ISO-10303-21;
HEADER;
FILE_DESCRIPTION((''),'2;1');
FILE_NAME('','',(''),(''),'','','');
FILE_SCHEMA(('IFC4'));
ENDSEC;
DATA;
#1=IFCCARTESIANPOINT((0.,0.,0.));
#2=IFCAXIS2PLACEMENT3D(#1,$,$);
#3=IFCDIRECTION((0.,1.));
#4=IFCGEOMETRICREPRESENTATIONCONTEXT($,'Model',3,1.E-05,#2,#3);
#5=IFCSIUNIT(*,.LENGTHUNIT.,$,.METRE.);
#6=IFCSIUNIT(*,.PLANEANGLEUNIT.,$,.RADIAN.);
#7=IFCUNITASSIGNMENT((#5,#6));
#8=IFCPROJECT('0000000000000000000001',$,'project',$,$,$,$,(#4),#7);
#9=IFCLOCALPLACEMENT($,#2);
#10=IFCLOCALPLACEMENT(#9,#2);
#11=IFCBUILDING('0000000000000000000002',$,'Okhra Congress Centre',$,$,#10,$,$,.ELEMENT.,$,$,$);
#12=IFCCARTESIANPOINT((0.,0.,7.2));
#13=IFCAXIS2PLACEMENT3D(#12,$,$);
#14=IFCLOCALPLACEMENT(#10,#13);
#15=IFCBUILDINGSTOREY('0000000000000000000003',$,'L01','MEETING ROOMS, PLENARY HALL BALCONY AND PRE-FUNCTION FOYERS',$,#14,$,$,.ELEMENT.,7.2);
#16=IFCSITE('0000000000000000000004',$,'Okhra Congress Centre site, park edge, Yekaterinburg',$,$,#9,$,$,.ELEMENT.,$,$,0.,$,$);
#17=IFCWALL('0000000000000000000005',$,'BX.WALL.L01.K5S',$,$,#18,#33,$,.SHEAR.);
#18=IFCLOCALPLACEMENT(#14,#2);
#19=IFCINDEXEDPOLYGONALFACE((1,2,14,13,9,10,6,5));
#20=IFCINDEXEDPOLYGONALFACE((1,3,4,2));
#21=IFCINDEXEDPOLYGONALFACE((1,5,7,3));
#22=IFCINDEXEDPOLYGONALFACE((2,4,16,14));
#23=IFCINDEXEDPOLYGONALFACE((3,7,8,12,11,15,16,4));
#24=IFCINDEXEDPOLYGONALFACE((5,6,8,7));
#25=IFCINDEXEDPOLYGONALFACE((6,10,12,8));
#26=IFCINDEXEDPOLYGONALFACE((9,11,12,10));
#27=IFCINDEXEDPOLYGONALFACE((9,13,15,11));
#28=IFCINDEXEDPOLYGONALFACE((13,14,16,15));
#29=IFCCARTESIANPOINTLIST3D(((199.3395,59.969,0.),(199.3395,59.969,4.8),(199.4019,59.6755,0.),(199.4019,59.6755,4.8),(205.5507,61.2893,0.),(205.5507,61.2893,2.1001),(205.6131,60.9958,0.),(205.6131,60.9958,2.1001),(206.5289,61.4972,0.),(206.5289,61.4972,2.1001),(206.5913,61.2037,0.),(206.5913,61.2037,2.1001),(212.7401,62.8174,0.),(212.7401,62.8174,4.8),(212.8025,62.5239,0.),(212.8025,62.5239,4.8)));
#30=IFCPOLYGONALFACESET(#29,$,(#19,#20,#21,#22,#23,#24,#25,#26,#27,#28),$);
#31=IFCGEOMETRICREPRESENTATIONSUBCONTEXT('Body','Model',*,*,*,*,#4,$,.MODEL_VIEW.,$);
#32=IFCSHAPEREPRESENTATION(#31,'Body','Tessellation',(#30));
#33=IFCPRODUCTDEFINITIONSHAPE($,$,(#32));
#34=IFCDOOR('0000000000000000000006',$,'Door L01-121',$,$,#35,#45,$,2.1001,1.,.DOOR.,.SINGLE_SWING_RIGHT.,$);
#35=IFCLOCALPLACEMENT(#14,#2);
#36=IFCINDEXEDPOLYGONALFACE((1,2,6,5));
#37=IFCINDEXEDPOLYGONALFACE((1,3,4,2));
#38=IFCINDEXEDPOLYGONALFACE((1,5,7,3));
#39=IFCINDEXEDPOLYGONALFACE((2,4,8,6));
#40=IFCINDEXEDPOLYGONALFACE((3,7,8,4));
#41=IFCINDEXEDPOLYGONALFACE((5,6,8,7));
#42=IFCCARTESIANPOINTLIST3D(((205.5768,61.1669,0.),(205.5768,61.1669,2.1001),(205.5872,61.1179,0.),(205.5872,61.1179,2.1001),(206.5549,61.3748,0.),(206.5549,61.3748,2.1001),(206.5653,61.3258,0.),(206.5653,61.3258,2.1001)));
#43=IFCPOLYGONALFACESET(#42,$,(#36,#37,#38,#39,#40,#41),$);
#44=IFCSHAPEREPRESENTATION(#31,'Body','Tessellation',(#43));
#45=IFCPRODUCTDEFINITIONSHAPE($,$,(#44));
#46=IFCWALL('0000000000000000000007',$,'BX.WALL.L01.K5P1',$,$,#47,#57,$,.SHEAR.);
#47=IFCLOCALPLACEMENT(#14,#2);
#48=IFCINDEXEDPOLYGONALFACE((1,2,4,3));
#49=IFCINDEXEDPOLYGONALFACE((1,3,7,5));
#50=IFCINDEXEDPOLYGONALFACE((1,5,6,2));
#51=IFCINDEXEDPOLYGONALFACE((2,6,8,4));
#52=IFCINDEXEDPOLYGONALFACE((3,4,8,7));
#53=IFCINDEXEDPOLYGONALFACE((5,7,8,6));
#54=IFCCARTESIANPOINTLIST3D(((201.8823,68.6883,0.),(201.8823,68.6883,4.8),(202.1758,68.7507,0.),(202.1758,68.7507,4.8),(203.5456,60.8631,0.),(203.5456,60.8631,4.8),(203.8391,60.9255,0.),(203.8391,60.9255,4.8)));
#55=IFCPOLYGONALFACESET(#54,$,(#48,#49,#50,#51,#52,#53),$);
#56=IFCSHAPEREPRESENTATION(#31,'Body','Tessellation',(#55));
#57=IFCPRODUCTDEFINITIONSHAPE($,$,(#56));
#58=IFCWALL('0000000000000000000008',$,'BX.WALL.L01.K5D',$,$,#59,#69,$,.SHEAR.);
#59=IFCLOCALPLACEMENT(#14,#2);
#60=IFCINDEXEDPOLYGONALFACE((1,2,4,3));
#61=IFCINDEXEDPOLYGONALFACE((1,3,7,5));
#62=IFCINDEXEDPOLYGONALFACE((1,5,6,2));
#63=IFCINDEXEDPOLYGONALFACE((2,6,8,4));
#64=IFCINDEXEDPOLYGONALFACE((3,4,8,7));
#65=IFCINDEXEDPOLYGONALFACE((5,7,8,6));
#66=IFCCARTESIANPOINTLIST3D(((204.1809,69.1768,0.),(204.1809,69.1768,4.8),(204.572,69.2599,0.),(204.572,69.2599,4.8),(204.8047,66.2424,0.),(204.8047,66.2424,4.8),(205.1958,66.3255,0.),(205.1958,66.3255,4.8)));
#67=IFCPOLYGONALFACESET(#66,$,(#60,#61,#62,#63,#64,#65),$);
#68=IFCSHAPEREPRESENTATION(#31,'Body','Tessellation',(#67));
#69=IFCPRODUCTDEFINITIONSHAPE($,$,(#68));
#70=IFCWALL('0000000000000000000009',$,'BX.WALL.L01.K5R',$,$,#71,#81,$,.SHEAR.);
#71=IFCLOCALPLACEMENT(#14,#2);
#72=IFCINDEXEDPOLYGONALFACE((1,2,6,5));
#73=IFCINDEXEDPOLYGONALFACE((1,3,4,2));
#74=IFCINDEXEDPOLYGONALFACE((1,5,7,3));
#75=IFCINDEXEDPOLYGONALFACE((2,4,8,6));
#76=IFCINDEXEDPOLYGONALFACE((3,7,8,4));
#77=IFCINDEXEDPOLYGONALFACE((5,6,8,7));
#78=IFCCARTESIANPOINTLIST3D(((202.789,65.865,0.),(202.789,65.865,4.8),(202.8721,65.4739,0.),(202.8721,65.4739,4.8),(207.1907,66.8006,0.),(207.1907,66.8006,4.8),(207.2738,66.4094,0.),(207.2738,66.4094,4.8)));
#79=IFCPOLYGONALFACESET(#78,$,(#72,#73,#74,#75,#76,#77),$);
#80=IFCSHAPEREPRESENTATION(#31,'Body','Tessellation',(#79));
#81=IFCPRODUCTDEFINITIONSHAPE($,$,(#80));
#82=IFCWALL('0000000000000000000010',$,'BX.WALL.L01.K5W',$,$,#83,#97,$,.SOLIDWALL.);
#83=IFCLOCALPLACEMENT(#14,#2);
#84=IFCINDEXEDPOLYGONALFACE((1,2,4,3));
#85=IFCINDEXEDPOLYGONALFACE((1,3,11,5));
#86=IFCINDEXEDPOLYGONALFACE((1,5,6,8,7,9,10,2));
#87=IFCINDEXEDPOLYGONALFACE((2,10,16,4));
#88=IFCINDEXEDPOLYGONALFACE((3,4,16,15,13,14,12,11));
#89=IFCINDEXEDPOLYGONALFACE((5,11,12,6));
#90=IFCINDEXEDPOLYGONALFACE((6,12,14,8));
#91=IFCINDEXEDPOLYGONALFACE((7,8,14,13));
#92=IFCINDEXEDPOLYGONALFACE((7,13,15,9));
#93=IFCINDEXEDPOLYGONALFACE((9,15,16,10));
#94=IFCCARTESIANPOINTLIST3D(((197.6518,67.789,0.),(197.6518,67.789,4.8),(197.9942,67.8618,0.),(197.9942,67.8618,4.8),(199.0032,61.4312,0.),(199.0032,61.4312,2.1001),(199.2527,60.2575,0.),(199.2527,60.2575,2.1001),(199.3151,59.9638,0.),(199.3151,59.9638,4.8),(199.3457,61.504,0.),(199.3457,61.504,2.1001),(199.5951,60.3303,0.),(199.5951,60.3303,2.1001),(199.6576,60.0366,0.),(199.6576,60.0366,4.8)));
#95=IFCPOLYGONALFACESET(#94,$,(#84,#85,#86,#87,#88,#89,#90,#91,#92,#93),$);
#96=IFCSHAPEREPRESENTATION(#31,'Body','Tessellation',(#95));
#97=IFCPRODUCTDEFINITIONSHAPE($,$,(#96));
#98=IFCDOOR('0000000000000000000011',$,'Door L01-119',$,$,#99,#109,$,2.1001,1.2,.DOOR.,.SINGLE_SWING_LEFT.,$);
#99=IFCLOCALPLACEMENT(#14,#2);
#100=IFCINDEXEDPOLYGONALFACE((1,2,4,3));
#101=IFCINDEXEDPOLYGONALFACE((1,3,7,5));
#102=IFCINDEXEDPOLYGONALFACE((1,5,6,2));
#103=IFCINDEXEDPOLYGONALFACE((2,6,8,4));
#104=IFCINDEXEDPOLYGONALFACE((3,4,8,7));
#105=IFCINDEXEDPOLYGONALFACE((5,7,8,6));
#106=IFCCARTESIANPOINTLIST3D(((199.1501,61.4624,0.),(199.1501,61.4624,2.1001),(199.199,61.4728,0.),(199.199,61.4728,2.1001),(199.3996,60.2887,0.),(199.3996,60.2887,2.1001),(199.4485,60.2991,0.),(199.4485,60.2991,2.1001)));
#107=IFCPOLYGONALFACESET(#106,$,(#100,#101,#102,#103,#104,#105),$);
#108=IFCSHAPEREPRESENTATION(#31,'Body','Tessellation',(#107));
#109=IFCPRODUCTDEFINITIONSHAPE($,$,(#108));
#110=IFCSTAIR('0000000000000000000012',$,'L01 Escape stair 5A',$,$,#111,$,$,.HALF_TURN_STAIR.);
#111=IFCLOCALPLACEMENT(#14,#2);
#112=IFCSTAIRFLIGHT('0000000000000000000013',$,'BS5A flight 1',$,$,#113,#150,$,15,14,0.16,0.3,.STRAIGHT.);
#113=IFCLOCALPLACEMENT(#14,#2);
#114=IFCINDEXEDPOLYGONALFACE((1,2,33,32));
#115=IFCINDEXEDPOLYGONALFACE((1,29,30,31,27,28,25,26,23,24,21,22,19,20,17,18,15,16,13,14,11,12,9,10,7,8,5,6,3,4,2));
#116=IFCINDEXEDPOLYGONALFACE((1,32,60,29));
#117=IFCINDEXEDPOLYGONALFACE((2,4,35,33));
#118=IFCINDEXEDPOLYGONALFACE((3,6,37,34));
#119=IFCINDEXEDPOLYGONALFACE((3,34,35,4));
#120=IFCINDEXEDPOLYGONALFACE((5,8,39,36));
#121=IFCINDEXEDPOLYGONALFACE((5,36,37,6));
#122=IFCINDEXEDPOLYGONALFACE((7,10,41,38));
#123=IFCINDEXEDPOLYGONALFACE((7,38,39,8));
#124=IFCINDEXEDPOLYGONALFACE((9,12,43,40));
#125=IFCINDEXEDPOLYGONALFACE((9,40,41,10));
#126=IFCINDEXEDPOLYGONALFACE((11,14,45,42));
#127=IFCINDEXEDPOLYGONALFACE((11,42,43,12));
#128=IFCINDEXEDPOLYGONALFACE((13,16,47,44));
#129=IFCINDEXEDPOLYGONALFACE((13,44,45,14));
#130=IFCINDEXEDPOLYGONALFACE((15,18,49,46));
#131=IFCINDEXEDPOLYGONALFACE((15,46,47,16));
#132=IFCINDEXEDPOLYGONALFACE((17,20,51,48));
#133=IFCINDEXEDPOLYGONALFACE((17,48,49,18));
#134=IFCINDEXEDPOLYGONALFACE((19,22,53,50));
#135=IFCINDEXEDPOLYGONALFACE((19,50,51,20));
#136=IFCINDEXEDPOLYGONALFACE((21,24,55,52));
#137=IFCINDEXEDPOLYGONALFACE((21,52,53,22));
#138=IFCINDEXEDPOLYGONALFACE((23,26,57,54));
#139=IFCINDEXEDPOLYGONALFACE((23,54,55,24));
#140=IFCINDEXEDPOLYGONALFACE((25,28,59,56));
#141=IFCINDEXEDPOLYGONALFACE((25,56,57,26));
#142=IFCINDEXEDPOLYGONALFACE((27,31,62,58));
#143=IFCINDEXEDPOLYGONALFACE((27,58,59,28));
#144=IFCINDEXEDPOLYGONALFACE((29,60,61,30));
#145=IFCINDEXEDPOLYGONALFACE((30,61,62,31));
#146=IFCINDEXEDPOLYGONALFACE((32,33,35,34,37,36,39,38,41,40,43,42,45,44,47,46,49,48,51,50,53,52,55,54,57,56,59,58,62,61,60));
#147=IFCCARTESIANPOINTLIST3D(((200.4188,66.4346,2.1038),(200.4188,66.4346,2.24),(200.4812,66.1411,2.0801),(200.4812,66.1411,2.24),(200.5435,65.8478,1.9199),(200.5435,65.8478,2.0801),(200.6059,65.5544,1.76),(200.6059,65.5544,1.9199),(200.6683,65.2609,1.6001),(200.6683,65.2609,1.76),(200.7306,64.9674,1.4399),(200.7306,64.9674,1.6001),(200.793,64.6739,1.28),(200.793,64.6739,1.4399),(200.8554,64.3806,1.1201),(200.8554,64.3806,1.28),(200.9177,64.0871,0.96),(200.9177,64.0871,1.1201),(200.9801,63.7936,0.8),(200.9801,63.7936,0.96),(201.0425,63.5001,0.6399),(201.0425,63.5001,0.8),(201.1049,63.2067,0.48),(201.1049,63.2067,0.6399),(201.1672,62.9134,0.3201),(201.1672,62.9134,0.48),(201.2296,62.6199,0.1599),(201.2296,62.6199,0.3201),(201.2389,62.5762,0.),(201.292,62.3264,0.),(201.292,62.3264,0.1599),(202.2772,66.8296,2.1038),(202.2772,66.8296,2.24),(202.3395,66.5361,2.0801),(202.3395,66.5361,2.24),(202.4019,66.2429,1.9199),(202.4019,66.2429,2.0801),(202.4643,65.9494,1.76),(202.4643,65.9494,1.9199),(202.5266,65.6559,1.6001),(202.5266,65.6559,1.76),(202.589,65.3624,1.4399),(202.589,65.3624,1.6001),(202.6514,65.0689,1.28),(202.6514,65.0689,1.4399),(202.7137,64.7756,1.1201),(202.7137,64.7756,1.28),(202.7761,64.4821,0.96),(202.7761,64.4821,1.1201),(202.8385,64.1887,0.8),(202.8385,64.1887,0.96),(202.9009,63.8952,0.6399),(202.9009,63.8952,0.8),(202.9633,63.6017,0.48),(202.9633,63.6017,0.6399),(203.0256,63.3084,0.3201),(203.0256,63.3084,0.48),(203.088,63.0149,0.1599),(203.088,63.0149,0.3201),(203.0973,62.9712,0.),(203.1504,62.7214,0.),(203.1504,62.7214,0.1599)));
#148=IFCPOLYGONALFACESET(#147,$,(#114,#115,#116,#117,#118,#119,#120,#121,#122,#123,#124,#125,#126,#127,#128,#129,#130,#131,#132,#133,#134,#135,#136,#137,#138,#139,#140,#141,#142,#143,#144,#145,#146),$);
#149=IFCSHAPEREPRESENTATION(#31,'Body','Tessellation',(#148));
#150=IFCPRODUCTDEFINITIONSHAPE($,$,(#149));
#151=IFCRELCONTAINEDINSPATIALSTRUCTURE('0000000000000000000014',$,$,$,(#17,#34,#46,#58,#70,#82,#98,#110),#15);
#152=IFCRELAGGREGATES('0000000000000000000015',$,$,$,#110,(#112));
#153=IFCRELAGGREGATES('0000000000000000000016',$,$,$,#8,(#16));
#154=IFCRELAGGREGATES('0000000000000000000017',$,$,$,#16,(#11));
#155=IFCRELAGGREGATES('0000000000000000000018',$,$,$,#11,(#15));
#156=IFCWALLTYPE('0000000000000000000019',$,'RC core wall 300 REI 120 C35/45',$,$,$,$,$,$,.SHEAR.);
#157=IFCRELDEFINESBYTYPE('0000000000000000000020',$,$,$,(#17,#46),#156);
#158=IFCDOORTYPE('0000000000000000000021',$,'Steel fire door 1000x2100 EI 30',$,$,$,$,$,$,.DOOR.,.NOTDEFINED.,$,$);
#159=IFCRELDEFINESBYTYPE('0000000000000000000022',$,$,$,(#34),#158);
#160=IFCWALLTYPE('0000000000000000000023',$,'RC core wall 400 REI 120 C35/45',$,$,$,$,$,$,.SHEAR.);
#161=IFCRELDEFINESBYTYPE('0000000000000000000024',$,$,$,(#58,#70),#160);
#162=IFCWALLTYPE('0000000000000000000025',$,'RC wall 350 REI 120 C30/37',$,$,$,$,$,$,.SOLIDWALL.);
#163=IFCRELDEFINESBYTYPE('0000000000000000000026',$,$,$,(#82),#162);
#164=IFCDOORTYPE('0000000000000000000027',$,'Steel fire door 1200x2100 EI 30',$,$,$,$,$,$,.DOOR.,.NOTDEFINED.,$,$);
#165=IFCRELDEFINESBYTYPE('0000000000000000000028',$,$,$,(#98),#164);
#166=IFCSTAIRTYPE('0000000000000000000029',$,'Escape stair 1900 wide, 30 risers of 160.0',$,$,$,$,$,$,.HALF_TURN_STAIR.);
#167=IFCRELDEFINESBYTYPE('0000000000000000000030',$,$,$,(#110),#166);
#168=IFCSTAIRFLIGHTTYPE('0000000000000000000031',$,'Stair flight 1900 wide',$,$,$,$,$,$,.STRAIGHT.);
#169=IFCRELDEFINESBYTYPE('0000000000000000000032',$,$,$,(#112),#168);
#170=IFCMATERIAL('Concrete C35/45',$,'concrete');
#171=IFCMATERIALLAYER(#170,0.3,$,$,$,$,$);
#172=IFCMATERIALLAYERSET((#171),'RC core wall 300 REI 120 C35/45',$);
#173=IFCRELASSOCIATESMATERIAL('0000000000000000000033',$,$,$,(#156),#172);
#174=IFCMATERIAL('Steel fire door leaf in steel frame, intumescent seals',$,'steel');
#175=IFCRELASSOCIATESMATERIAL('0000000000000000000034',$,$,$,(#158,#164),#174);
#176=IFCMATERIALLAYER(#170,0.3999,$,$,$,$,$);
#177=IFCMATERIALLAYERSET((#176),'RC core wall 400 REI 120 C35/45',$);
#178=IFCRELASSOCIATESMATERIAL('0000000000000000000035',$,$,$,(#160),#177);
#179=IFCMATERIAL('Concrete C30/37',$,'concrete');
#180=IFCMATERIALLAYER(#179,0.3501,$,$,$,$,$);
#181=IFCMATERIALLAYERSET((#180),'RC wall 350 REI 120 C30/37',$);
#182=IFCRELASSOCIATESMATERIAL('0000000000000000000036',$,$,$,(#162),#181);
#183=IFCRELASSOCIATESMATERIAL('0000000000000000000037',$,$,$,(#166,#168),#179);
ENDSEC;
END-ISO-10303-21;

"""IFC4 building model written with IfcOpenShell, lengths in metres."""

from ifc_helpers import new_model, si_unit, direction, frame, frame_2d, origin, place, context, subcontext, project, spatial, polyline, rectangle, outline, extrude, material, layer, layer_set, type_object, element, fill, aggregate, save


model = new_model("IFC4")

# Units and contexts
model_context = context("Model", 3, precision=1e-05, world=origin(), true_north=direction((0.0, 1.0)))
body_context = subcontext(model_context, "Body", "Model", "MODEL_VIEW")
ifc_project = project(units=[si_unit("LENGTHUNIT", "METRE"), si_unit("PLANEANGLEUNIT", "RADIAN")], contexts=[model_context])

# Site, building, storey
site_placement = place(None, origin())
site = spatial("IfcSite", under=ifc_project, at=site_placement, Name="Okhra Congress Centre site, park edge, Yekaterinburg", CompositionType="ELEMENT", RefElevation=0.0)
building_placement = place(site_placement, origin())
building = spatial("IfcBuilding", under=site, at=building_placement, Name="Okhra Congress Centre", CompositionType="ELEMENT")
storey_placement = place(building_placement, frame((0.0, 0.0, 7.2)))
storey = spatial("IfcBuildingStorey", under=building, at=storey_placement, Name="L01", Description="MEETING ROOMS, PLENARY HALL BALCONY AND PRE-FUNCTION FOYERS", CompositionType="ELEMENT", Elevation=7.2)

# Wall, opening, door
ifc_material_1 = material(Name="Concrete C35/45", Category="concrete")
ifc_layer_1 = layer(ifc_material_1, 0.3)
ifc_layer_set_1 = layer_set([ifc_layer_1], Name="RC core wall 300 REI 120 C35/45")
wall_type_1 = type_object("IfcWallType", Name="RC core wall 300 REI 120 C35/45", PredefinedType="SHEAR", material=ifc_layer_set_1)
wall_1_placement = place(storey_placement, frame((199.3706, 59.8223, 0.0), z_axis=(0.0, 0.0, 1.0), x_axis=(0.978148, 0.207911, 0.0)))
wall_1 = element("IfcWall", 1, at=wall_1_placement, inside=storey, type_object=wall_type_1, Name="BX.WALL.L01.K5S", PredefinedType="SHEAR", context=body_context, shape_type="SweptSolid", body=[
    extrude(rectangle(XDim=13.7, YDim=0.3, at=frame_2d((6.8501, 0.0))), origin(), (0.0, 0.0, 1.0), 4.8),
])
opening_1_placement = place(wall_1_placement, frame((6.3501, 0.0, 0.0)))
opening_1 = element("IfcOpeningElement", 2, at=opening_1_placement, cuts=wall_1, PredefinedType="OPENING", context=body_context, shape_type="SweptSolid", body=[
    extrude(rectangle(XDim=1.0, YDim=2.1001, at=frame_2d((0.5, 1.05))), frame((0.0, 0.1599, 0.0), z_axis=(0.0, -1.0, 0.0), x_axis=(1.0, 0.0, 0.0)), (0.0, 0.0, 1.0), 0.3201),
])
ifc_material_2 = material(Name="Steel fire door leaf in steel frame, intumescent seals", Category="steel")
door_type_1 = type_object("IfcDoorType", Name="Steel fire door 1000x2100 EI 30", OperationType="NOTDEFINED", PredefinedType="DOOR", material=ifc_material_2)
door_1_placement = place(opening_1_placement, origin())
door_1 = element("IfcDoor", 3, at=door_1_placement, inside=storey, type_object=door_type_1, Name="Door L01-121", OperationType="SINGLE_SWING_RIGHT", OverallHeight=2.1001, OverallWidth=1.0, PredefinedType="DOOR", context=body_context, shape_type="SweptSolid", body=[
    extrude(rectangle(XDim=1.0, YDim=2.1001, at=frame_2d((0.5, 1.05))), frame((0.0, 0.0249, 0.0), z_axis=(0.0, -1.0, 0.0), x_axis=(1.0, 0.0, 0.0)), (0.0, 0.0, 1.0), 0.05),
])
fill(opening_1, door_1)

# Walls
wall_2_placement = place(storey_placement, frame((203.6924, 60.8943, 0.0), z_axis=(0.0, 0.0, 1.0), x_axis=(-0.207916, 0.978147, 0.0)))
element("IfcWall", 4, at=wall_2_placement, inside=storey, type_object=wall_type_1, Name="BX.WALL.L01.K5P1", PredefinedType="SHEAR", context=body_context, shape_type="SweptSolid", body=[
    extrude(rectangle(XDim=8.0, YDim=0.3, at=frame_2d((4.0, 0.0))), origin(), (0.0, 0.0, 1.0), 4.8),
])
ifc_layer_2 = layer(ifc_material_1, 0.3999)
ifc_layer_set_2 = layer_set([ifc_layer_2], Name="RC core wall 400 REI 120 C35/45")
wall_type_2 = type_object("IfcWallType", Name="RC core wall 400 REI 120 C35/45", PredefinedType="SHEAR", material=ifc_layer_set_2)
wall_3_placement = place(storey_placement, frame((205.0002, 66.2839, 0.0), z_axis=(0.0, 0.0, 1.0), x_axis=(-0.207934, 0.978143, 0.0)))
element("IfcWall", 5, at=wall_3_placement, inside=storey, type_object=wall_type_2, Name="BX.WALL.L01.K5D", PredefinedType="SHEAR", context=body_context, shape_type="SweptSolid", body=[
    extrude(rectangle(XDim=3.0, YDim=0.3999, at=frame_2d((1.5, 0.0))), origin(), (0.0, 0.0, 1.0), 4.8),
])
wall_4_placement = place(storey_placement, frame((202.8306, 65.6694, 0.0), z_axis=(0.0, 0.0, 1.0), x_axis=(0.97815, 0.207902, 0.0)))
element("IfcWall", 6, at=wall_4_placement, inside=storey, type_object=wall_type_2, Name="BX.WALL.L01.K5R", PredefinedType="SHEAR", context=body_context, shape_type="SweptSolid", body=[
    extrude(rectangle(XDim=4.5, YDim=0.3999, at=frame_2d((2.25, 0.0))), origin(), (0.0, 0.0, 1.0), 4.8),
])

# Wall, opening, door
ifc_material_3 = material(Name="Concrete C30/37", Category="concrete")
ifc_layer_3 = layer(ifc_material_3, 0.3501)
ifc_layer_set_3 = layer_set([ifc_layer_3], Name="RC wall 350 REI 120 C30/37")
wall_type_3 = type_object("IfcWallType", Name="RC wall 350 REI 120 C30/37", PredefinedType="SOLIDWALL", material=ifc_layer_set_3)
wall_5_placement = place(storey_placement, frame((199.4863, 60.0002, 0.0), z_axis=(0.0, 0.0, 1.0), x_axis=(-0.207916, 0.978147, 0.0)))
wall_5 = element("IfcWall", 7, at=wall_5_placement, inside=storey, type_object=wall_type_3, Name="BX.WALL.L01.K5W", PredefinedType="SOLIDWALL", context=body_context, shape_type="SweptSolid", body=[
    extrude(rectangle(XDim=8.0, YDim=0.3501, at=frame_2d((4.0, 0.0))), origin(), (0.0, 0.0, 1.0), 4.8),
])
opening_2_placement = place(wall_5_placement, frame((0.3, 0.0, 0.0)))
opening_2 = element("IfcOpeningElement", 8, at=opening_2_placement, cuts=wall_5, PredefinedType="OPENING", context=body_context, shape_type="SweptSolid", body=[
    extrude(rectangle(XDim=1.2, YDim=2.1001, at=frame_2d((0.6001, 1.05))), frame((0.0, 0.1851, 0.0), z_axis=(0.0, -1.0, 0.0), x_axis=(1.0, 0.0, 0.0)), (0.0, 0.0, 1.0), 0.3701),
])
door_type_2 = type_object("IfcDoorType", Name="Steel fire door 1200x2100 EI 30", OperationType="NOTDEFINED", PredefinedType="DOOR", material=ifc_material_2)
door_2_placement = place(opening_2_placement, origin())
door_2 = element("IfcDoor", 9, at=door_2_placement, inside=storey, type_object=door_type_2, Name="Door L01-119", OperationType="SINGLE_SWING_LEFT", OverallHeight=2.1001, OverallWidth=1.2, PredefinedType="DOOR", context=body_context, shape_type="SweptSolid", body=[
    extrude(rectangle(XDim=1.2, YDim=2.1001, at=frame_2d((0.6001, 1.05))), frame((0.0, 0.0249, 0.0), z_axis=(0.0, -1.0, 0.0), x_axis=(1.0, 0.0, 0.0)), (0.0, 0.0, 1.0), 0.05),
])
fill(opening_2, door_2)

# Stair, stair flight
stair_type = type_object("IfcStairType", Name="Escape stair 1900 wide, 30 risers of 160.0", PredefinedType="HALF_TURN_STAIR", material=ifc_material_3)
stair_placement = place(storey_placement, origin())
stair = element("IfcStair", 10, at=stair_placement, inside=storey, type_object=stair_type, Name="L01 Escape stair 5A", PredefinedType="HALF_TURN_STAIR")
stair_flight_type = type_object("IfcStairFlightType", Name="Stair flight 1900 wide", PredefinedType="STRAIGHT", material=ifc_material_3)
stair_flight_1_placement = place(storey_placement, frame((202.2212, 62.5239, 0.0), z_axis=(0.0, 0.0, 1.0), x_axis=(-0.207912, 0.978148, 0.0)))
stair_flight_1 = element("IfcStairFlight", 11, at=stair_flight_1_placement, type_object=stair_flight_type, Name="BS5A flight 1", NumberOfRisers=15, NumberOfTreads=14, PredefinedType="STRAIGHT", RiserHeight=0.16, TreadLength=0.3, context=body_context, shape_type="SweptSolid", body=[
    extrude(outline(polyline([(0.0, 0.0), (0.0, 0.1599), (0.3, 0.1599), (0.3, 0.3201), (0.6001, 0.3201), (0.6001, 0.48), (0.8999, 0.48), (0.8999, 0.6399), (1.2, 0.6399), (1.2, 0.8), (1.5, 0.8), (1.5, 0.96), (1.8, 0.96), (1.8, 1.1201), (2.1001, 1.1201), (2.1001, 1.28), (2.3999, 1.28), (2.3999, 1.4399), (2.7, 1.4399), (2.7, 1.6001), (3.0, 1.6001), (3.0, 1.76), (3.3, 1.76), (3.3, 1.9199), (3.6001, 1.9199), (3.6001, 2.0801), (3.8999, 2.0801), (3.8999, 2.24), (4.2, 2.24), (4.2, 2.3999), (4.2, 2.1038), (0.2554, 0.0), (0.0, 0.0)])), frame((0.0, 0.95, 0.0), z_axis=(0.0, -1.0, 0.0), x_axis=(1.0, 0.0, 0.0)), (0.0, 0.0, 1.0), 1.8999),
])
aggregate(stair, [stair_flight_1])

save(model, "model.ifc")
